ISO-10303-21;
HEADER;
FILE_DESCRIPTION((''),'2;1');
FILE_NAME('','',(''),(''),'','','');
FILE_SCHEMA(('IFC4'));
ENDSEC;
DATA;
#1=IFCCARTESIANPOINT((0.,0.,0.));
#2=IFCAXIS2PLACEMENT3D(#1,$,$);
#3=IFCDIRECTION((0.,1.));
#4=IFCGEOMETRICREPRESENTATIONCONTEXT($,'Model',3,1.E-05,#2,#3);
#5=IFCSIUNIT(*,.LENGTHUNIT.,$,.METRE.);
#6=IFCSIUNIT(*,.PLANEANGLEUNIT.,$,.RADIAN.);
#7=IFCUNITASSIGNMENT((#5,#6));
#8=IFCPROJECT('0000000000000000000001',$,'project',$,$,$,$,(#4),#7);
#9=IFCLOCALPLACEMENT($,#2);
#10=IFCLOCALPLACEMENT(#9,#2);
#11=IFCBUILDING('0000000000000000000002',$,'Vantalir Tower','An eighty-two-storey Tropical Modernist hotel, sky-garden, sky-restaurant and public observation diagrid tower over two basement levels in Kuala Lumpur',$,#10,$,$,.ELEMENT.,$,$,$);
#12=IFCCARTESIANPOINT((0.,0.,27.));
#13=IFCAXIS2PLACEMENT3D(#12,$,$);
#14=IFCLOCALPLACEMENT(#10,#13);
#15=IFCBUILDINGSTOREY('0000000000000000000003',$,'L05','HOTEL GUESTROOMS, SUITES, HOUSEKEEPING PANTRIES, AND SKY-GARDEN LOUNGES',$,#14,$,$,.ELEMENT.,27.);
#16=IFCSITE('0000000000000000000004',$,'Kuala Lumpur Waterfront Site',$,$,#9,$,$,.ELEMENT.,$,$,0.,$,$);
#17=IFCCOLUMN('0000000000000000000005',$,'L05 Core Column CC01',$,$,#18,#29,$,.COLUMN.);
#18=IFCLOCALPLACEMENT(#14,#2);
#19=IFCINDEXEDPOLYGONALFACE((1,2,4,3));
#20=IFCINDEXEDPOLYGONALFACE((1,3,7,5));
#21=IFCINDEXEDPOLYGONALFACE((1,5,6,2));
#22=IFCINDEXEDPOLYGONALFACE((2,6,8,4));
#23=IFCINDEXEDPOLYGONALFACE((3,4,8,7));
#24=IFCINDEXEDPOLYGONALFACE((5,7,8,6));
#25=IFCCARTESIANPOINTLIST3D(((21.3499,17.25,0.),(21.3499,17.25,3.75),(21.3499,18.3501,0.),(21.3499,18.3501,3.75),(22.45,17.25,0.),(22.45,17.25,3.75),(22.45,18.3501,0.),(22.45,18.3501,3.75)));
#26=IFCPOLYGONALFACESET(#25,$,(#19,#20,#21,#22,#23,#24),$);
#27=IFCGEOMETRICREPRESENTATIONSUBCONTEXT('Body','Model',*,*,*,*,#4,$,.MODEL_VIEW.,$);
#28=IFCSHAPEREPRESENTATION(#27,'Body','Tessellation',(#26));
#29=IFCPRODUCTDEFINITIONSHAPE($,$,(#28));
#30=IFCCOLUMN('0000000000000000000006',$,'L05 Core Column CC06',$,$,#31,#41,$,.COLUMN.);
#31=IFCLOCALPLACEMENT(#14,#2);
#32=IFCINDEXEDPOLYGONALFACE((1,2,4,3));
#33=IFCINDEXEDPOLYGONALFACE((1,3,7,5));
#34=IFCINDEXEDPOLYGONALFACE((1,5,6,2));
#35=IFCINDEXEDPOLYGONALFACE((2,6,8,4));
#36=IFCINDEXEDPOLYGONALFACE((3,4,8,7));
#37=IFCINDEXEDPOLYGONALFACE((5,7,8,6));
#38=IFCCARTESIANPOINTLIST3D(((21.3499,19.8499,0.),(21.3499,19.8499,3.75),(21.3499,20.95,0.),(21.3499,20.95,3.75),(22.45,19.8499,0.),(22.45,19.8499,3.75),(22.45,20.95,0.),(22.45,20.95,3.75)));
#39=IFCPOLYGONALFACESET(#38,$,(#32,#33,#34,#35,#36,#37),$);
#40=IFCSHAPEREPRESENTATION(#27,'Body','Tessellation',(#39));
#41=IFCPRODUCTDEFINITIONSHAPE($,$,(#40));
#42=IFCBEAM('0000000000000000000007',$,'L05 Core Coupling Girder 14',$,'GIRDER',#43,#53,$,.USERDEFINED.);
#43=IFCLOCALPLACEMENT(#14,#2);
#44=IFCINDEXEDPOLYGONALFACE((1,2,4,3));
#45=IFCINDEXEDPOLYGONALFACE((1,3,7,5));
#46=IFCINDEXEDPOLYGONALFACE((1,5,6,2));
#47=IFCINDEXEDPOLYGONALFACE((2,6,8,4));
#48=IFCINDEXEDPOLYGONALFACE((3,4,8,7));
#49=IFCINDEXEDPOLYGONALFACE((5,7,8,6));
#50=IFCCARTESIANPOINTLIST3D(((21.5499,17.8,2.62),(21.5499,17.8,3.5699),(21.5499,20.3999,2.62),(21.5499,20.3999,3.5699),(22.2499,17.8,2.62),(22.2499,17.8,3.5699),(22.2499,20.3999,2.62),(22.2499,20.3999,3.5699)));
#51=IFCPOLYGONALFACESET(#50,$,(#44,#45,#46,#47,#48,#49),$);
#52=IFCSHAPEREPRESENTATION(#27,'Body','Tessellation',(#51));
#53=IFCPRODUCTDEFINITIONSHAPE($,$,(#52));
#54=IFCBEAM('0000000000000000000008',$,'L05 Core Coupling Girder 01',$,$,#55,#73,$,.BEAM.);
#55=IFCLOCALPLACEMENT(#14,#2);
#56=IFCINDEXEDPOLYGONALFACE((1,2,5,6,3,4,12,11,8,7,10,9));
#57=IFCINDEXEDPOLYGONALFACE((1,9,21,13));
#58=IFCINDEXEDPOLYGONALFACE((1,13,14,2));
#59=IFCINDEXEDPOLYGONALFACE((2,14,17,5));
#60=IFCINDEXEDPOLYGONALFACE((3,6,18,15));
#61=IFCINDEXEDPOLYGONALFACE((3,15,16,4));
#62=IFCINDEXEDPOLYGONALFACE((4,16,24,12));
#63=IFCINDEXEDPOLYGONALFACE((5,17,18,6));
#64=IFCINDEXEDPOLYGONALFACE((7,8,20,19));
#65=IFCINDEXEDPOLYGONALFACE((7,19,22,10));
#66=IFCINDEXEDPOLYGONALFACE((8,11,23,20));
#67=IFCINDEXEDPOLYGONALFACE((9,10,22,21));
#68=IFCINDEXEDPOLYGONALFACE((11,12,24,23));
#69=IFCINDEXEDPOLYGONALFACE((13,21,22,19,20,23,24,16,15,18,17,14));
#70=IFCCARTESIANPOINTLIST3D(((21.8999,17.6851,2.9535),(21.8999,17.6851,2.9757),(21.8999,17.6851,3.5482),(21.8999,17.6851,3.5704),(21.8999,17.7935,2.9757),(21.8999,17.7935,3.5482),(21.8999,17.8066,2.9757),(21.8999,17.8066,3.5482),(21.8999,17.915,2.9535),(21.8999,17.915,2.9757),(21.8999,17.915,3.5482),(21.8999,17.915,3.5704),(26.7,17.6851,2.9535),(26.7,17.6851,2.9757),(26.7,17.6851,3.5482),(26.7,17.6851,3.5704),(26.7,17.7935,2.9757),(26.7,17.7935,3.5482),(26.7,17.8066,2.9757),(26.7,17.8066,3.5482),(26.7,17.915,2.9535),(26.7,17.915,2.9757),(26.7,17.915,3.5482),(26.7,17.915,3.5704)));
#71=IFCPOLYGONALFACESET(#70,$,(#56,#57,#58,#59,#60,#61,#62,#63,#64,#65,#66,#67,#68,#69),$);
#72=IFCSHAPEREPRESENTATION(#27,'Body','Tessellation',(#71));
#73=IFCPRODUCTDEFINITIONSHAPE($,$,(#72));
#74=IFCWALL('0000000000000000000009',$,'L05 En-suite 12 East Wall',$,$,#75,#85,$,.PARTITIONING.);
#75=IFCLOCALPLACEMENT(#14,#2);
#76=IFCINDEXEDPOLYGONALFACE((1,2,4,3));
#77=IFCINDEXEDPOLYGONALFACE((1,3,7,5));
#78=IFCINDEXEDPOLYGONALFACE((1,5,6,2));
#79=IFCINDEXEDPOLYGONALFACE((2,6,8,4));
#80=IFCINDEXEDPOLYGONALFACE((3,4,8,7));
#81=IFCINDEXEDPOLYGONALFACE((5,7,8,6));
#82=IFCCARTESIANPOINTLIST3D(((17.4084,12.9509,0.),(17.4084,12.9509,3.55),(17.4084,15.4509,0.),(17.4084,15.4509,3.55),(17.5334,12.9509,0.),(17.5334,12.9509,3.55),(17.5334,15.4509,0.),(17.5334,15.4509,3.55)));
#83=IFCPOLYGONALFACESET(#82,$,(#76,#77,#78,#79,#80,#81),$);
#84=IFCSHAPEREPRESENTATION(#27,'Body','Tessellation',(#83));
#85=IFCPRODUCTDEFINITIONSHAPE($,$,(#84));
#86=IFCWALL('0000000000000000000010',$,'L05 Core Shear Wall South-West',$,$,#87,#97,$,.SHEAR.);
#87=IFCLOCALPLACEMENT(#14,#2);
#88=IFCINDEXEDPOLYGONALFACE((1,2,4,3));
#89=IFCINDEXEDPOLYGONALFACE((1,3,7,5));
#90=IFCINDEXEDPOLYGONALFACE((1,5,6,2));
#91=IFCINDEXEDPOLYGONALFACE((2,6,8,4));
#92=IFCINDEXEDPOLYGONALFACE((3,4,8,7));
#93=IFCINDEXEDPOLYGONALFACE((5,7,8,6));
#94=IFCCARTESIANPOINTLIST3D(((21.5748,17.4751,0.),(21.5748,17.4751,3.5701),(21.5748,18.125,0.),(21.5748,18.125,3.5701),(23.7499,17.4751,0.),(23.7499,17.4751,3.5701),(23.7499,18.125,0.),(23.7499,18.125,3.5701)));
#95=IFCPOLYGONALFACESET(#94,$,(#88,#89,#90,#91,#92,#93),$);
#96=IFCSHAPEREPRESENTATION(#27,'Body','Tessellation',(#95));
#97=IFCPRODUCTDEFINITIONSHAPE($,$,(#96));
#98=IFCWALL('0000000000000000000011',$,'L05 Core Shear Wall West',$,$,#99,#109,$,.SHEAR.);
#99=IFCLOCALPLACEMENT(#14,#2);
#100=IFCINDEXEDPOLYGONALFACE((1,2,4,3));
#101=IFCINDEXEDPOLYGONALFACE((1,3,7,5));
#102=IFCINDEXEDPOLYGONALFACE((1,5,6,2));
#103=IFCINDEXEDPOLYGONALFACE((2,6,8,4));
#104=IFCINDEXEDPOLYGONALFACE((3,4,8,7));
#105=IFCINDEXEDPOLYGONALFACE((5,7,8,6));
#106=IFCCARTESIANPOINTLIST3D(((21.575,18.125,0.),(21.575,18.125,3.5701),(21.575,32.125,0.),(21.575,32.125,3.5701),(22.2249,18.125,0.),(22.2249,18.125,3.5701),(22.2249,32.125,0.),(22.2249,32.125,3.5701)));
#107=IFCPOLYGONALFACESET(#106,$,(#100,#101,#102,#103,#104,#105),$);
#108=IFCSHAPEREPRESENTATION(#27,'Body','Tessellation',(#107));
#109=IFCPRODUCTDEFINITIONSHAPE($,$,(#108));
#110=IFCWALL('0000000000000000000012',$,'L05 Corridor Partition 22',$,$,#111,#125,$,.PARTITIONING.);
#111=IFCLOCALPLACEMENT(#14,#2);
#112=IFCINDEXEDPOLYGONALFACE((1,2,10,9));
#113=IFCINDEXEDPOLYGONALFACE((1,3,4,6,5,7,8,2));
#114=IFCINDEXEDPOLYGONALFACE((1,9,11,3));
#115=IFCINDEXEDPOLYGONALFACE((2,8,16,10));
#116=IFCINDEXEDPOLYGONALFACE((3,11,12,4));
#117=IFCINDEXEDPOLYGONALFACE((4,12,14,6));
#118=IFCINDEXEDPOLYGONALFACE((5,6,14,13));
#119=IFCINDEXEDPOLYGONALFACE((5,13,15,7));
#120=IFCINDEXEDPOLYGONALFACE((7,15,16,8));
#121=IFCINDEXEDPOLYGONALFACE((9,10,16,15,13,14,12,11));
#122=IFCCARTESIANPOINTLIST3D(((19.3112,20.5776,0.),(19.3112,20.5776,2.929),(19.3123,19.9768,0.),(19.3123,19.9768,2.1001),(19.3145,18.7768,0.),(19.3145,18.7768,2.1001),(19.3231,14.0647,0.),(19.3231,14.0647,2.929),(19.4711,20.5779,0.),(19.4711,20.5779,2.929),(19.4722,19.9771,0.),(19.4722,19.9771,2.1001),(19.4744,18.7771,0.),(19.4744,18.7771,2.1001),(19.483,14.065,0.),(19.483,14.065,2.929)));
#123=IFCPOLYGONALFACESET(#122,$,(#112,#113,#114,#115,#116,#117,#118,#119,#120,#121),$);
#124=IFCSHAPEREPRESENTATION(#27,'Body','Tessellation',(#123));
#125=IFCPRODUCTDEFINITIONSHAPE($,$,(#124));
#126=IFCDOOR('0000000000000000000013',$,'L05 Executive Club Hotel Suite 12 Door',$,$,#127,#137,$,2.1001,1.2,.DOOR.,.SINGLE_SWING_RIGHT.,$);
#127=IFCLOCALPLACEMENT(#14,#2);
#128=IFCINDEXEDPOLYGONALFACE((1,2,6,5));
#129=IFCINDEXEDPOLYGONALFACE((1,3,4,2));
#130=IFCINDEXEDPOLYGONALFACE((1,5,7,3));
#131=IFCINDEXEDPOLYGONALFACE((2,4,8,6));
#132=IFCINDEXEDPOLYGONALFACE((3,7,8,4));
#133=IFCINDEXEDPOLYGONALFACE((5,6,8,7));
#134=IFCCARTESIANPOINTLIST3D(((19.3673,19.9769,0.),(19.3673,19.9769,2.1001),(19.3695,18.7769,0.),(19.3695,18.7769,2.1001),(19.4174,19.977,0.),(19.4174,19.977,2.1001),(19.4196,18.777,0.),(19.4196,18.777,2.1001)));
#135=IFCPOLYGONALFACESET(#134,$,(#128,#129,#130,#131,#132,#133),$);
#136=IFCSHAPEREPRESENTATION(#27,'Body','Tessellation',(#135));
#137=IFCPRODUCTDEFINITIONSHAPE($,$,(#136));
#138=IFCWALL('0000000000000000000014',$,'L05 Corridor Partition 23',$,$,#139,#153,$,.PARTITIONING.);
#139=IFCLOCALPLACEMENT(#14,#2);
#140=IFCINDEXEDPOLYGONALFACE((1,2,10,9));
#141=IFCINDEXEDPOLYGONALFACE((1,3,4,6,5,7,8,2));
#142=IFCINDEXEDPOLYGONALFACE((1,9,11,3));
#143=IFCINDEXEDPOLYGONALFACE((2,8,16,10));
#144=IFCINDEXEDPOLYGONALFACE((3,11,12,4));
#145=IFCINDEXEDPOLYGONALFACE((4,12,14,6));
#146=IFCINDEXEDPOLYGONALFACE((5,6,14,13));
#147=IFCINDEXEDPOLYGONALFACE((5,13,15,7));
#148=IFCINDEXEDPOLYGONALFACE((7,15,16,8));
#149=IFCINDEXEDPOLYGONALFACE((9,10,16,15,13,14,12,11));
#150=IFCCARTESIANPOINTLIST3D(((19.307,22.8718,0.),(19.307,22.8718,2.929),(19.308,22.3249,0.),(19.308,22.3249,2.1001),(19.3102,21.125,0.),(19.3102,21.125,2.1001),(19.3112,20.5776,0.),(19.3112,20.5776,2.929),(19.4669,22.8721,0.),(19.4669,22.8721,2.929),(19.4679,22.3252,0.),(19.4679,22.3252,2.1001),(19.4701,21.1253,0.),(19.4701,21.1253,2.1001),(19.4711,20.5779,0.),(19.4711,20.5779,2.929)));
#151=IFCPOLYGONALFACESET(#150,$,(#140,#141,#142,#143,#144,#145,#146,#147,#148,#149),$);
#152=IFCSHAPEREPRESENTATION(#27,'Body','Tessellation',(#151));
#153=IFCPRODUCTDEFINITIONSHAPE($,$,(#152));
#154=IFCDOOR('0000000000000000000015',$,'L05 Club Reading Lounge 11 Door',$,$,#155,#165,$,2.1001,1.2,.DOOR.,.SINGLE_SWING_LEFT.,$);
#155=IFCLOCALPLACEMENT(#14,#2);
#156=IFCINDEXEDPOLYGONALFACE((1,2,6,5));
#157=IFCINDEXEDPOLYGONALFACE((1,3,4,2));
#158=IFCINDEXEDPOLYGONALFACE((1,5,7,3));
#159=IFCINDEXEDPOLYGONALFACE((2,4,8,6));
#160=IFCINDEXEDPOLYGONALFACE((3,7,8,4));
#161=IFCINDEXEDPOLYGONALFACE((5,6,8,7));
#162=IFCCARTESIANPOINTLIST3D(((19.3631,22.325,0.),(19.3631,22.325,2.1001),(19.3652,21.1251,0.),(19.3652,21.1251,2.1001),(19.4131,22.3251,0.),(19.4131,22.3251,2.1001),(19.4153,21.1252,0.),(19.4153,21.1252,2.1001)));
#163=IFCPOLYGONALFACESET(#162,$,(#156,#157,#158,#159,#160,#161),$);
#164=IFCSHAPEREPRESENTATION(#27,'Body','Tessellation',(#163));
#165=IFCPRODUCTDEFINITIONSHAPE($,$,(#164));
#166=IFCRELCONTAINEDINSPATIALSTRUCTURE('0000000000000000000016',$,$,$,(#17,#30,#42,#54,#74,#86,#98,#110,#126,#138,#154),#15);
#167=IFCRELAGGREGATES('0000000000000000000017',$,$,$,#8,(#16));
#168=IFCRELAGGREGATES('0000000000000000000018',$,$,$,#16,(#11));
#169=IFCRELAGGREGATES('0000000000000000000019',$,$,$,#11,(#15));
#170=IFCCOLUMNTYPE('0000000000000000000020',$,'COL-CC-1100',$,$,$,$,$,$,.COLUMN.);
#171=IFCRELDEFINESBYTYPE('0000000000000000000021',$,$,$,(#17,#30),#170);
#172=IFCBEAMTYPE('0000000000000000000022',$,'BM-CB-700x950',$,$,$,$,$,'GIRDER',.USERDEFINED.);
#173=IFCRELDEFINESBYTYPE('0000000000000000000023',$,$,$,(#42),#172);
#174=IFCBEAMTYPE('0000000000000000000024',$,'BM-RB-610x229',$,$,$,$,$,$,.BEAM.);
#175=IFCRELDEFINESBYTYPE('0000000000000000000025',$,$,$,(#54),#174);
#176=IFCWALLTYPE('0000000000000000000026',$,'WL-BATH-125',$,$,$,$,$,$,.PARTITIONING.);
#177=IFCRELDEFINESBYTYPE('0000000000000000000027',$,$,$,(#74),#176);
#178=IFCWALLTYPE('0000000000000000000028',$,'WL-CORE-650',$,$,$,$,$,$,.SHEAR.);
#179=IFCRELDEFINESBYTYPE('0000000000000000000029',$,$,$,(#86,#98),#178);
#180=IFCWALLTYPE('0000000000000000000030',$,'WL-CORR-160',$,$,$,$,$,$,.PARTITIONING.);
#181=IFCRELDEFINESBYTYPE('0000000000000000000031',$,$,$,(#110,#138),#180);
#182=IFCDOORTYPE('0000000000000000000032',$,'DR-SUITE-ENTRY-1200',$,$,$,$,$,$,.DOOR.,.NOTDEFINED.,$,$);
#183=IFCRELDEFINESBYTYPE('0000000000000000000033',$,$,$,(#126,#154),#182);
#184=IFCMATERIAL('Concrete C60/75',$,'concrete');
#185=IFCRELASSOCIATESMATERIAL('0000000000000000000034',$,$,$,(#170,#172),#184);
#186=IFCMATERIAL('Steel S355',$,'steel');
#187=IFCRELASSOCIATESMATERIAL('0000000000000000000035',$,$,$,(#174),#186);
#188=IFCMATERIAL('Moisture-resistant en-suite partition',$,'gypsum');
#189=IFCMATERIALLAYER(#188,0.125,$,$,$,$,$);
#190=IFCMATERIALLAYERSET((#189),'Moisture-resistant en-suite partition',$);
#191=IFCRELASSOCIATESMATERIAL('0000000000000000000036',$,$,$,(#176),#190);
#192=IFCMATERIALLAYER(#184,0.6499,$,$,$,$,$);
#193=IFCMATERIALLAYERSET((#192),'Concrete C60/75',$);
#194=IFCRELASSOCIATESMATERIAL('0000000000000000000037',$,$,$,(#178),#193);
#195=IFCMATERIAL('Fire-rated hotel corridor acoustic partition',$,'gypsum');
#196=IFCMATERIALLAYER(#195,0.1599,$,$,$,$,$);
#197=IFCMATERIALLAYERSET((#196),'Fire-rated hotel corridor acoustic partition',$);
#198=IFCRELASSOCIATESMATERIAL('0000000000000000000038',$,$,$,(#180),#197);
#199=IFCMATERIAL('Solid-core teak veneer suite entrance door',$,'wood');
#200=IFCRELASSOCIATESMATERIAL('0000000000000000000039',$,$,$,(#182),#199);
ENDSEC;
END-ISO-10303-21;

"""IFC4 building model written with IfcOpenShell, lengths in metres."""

from ifc_helpers import new_model, si_unit, direction, frame, frame_2d, origin, origin_2d, place, context, subcontext, project, spatial, rectangle, i_section, extrude, material, layer, layer_set, material_profile, profile_set, type_object, element, fill, save


model = new_model("IFC4")

# Units and contexts
model_context = context("Model", 3, precision=1e-05, world=origin(), true_north=direction((0.0, 1.0)))
body_context = subcontext(model_context, "Body", "Model", "MODEL_VIEW")
ifc_project = project(units=[si_unit("LENGTHUNIT", "METRE"), si_unit("PLANEANGLEUNIT", "RADIAN")], contexts=[model_context])

# Site, building, storey
site_placement = place(None, origin())
site = spatial("IfcSite", under=ifc_project, at=site_placement, Name="Kuala Lumpur Waterfront Site", CompositionType="ELEMENT", RefElevation=0.0)
building_placement = place(site_placement, origin())
building = spatial("IfcBuilding", under=site, at=building_placement, Name="Vantalir Tower", Description="An eighty-two-storey Tropical Modernist hotel, sky-garden, sky-restaurant and public observation diagrid tower over two basement levels in Kuala Lumpur", CompositionType="ELEMENT")
storey_placement = place(building_placement, frame((0.0, 0.0, 27.0)))
storey = spatial("IfcBuildingStorey", under=building, at=storey_placement, Name="L05", Description="HOTEL GUESTROOMS, SUITES, HOUSEKEEPING PANTRIES, AND SKY-GARDEN LOUNGES", CompositionType="ELEMENT", Elevation=27.0)

# Columns
ifc_material_1 = material(Name="Concrete C60/75", Category="concrete")
ifc_material_profile_1 = material_profile(ifc_material_1, rectangle(XDim=1.1001, YDim=1.1001, at=origin_2d()), Name="Concrete C60/75")
ifc_profile_set_1 = profile_set([ifc_material_profile_1], Name="Concrete C60/75")
column_type = type_object("IfcColumnType", Name="COL-CC-1100", PredefinedType="COLUMN", material=ifc_profile_set_1)
for number, where, z_axis, x_axis, name in (
    (1, (21.8999, 17.8, 0.0), (0.0, 0.0, 1.0), (1.0, 0.0, 0.0), "L05 Core Column CC01"),
    (2, (21.8999, 20.3999, 0.0), (0.0, 0.0, 1.0), (1.0, 0.0, 0.0), "L05 Core Column CC06"),
):
    element("IfcColumn", number, at=place(storey_placement, frame(where, z_axis=z_axis, x_axis=x_axis)), inside=storey, type_object=column_type, Name=name, PredefinedType="COLUMN", context=body_context, shape_type="SweptSolid", body=[
        extrude(rectangle(XDim=1.1001, YDim=1.1001, at=origin_2d()), origin(), (0.0, 0.0, 1.0), 3.75),
    ])

# Beams
ifc_material_profile_2 = material_profile(ifc_material_1, rectangle(XDim=0.7, YDim=0.95, at=origin_2d()), Name="Concrete C60/75")
ifc_profile_set_2 = profile_set([ifc_material_profile_2], Name="Concrete C60/75")
beam_type_1 = type_object("IfcBeamType", Name="BM-CB-700x950", ElementType="GIRDER", PredefinedType="USERDEFINED", material=ifc_profile_set_2)
beam_1_placement = place(storey_placement, frame((21.8999, 20.3999, 3.095), z_axis=(0.0, -1.0, 0.0), x_axis=(1.0, 0.0, 0.0)))
element("IfcBeam", 3, at=beam_1_placement, inside=storey, type_object=beam_type_1, Name="L05 Core Coupling Girder 14", ObjectType="GIRDER", PredefinedType="USERDEFINED", context=body_context, shape_type="SweptSolid", body=[
    extrude(rectangle(XDim=0.7, YDim=0.95, at=origin_2d()), origin(), (0.0, 0.0, 1.0), 2.5999),
])
ifc_material_2 = material(Name="Steel S355", Category="steel")
ifc_material_profile_3 = material_profile(ifc_material_2, i_section(OverallWidth=0.23, OverallDepth=0.6169, WebThickness=0.0132, FlangeThickness=0.0222, at=origin_2d()), Name="Steel S355")
ifc_profile_set_3 = profile_set([ifc_material_profile_3], Name="Steel S355")
beam_type_2 = type_object("IfcBeamType", Name="BM-RB-610x229", PredefinedType="BEAM", material=ifc_profile_set_3)
beam_2_placement = place(storey_placement, frame((21.8999, 17.8, 3.262), z_axis=(1.0, 0.0, 0.0), x_axis=(0.0, 1.0, 0.0)))
element("IfcBeam", 4, at=beam_2_placement, inside=storey, type_object=beam_type_2, Name="L05 Core Coupling Girder 01", PredefinedType="BEAM", context=body_context, shape_type="SweptSolid", body=[
    extrude(i_section(OverallWidth=0.23, OverallDepth=0.6169, WebThickness=0.0132, FlangeThickness=0.0222, at=origin_2d()), origin(), (0.0, 0.0, 1.0), 4.8),
])

# Walls
ifc_material_3 = material(Name="Moisture-resistant en-suite partition", Category="gypsum")
ifc_layer_1 = layer(ifc_material_3, 0.125)
ifc_layer_set_1 = layer_set([ifc_layer_1], Name="Moisture-resistant en-suite partition")
wall_type_1 = type_object("IfcWallType", Name="WL-BATH-125", PredefinedType="PARTITIONING", material=ifc_layer_set_1)
wall_1_placement = place(storey_placement, frame((17.4709, 12.9509, 0.0), z_axis=(0.0, 0.0, 1.0), x_axis=(0.0, 1.0, 0.0)))
element("IfcWall", 5, at=wall_1_placement, inside=storey, type_object=wall_type_1, Name="L05 En-suite 12 East Wall", PredefinedType="PARTITIONING", context=body_context, shape_type="SweptSolid", body=[
    extrude(rectangle(XDim=2.5, YDim=0.125, at=frame_2d((1.25, 0.0))), origin(), (0.0, 0.0, 1.0), 3.55),
])
ifc_layer_2 = layer(ifc_material_1, 0.6499)
ifc_layer_set_2 = layer_set([ifc_layer_2], Name="Concrete C60/75")
wall_type_2 = type_object("IfcWallType", Name="WL-CORE-650", PredefinedType="SHEAR", material=ifc_layer_set_2)
wall_2_placement = place(storey_placement, frame((21.575, 17.8, 0.0), z_axis=(0.0, 0.0, 1.0), x_axis=(1.0, 0.0, 0.0)))
element("IfcWall", 6, at=wall_2_placement, inside=storey, type_object=wall_type_2, Name="L05 Core Shear Wall South-West", PredefinedType="SHEAR", context=body_context, shape_type="SweptSolid", body=[
    extrude(rectangle(XDim=2.175, YDim=0.6499, at=frame_2d((1.0874, 0.0))), origin(), (0.0, 0.0, 1.0), 3.5701),
])
wall_3_placement = place(storey_placement, frame((21.8999, 18.125, 0.0), z_axis=(0.0, 0.0, 1.0), x_axis=(0.0, 1.0, 0.0)))
element("IfcWall", 7, at=wall_3_placement, inside=storey, type_object=wall_type_2, Name="L05 Core Shear Wall West", PredefinedType="SHEAR", context=body_context, shape_type="SweptSolid", body=[
    extrude(rectangle(XDim=14.0, YDim=0.6499, at=frame_2d((7.0, 0.0))), origin(), (0.0, 0.0, 1.0), 3.5701),
])

# Walls, openings, doors
ifc_material_4 = material(Name="Fire-rated hotel corridor acoustic partition", Category="gypsum")
ifc_layer_3 = layer(ifc_material_4, 0.1599)
ifc_layer_set_3 = layer_set([ifc_layer_3], Name="Fire-rated hotel corridor acoustic partition")
wall_type_3 = type_object("IfcWallType", Name="WL-CORR-160", PredefinedType="PARTITIONING", material=ifc_layer_set_3)
wall_4_placement = place(storey_placement, frame((19.4031, 14.0649, 0.0), z_axis=(0.0, 0.0, 1.0), x_axis=(-0.001837, 0.999998, 0.0)))
wall_4 = element("IfcWall", 8, at=wall_4_placement, inside=storey, type_object=wall_type_3, Name="L05 Corridor Partition 22", PredefinedType="PARTITIONING", context=body_context, shape_type="SweptSolid", body=[
    extrude(rectangle(XDim=6.5129, YDim=0.1599, at=frame_2d((3.2563, 0.0))), origin(), (0.0, 0.0, 1.0), 2.929),
])
opening_1_placement = place(wall_4_placement, frame((4.7119, 0.0, 0.0)))
opening_1 = element("IfcOpeningElement", 9, at=opening_1_placement, cuts=wall_4, PredefinedType="OPENING", context=body_context, shape_type="SweptSolid", body=[
    extrude(rectangle(XDim=1.2, YDim=2.1001, at=frame_2d((0.6001, 1.05))), frame((0.0, 0.0898, 0.0), z_axis=(0.0, -1.0, 0.0), x_axis=(1.0, 0.0, 0.0)), (0.0, 0.0, 1.0), 0.1799),
])
ifc_material_5 = material(Name="Solid-core teak veneer suite entrance door", Category="wood")
door_type_1 = type_object("IfcDoorType", Name="DR-SUITE-ENTRY-1200", OperationType="NOTDEFINED", PredefinedType="DOOR", material=ifc_material_5)
door_1_placement = place(opening_1_placement, origin())
door_1 = element("IfcDoor", 10, at=door_1_placement, inside=storey, type_object=door_type_1, Name="L05 Executive Club Hotel Suite 12 Door", OperationType="SINGLE_SWING_RIGHT", OverallHeight=2.1001, OverallWidth=1.2, PredefinedType="DOOR", context=body_context, shape_type="SweptSolid", body=[
    extrude(rectangle(XDim=1.2, YDim=2.1001, at=frame_2d((0.6001, 1.05))), frame((0.0, 0.0249, 0.0), z_axis=(0.0, -1.0, 0.0), x_axis=(1.0, 0.0, 0.0)), (0.0, 0.0, 1.0), 0.05),
])
fill(opening_1, door_1)
wall_5_placement = place(storey_placement, frame((19.3911, 20.5779, 0.0), z_axis=(0.0, 0.0, 1.0), x_axis=(-0.001809, 0.999998, 0.0)))
wall_5 = element("IfcWall", 11, at=wall_5_placement, inside=storey, type_object=wall_type_3, Name="L05 Corridor Partition 23", PredefinedType="PARTITIONING", context=body_context, shape_type="SweptSolid", body=[
    extrude(rectangle(XDim=2.2942, YDim=0.1599, at=frame_2d((1.147, 0.0))), origin(), (0.0, 0.0, 1.0), 2.929),
])
opening_2_placement = place(wall_5_placement, frame((0.5471, 0.0, 0.0)))
opening_2 = element("IfcOpeningElement", 12, at=opening_2_placement, cuts=wall_5, PredefinedType="OPENING", context=body_context, shape_type="SweptSolid", body=[
    extrude(rectangle(XDim=1.2, YDim=2.1001, at=frame_2d((0.6001, 1.05))), frame((0.0, 0.0898, 0.0), z_axis=(0.0, -1.0, 0.0), x_axis=(1.0, 0.0, 0.0)), (0.0, 0.0, 1.0), 0.1799),
])
door_2_placement = place(opening_2_placement, origin())
door_2 = element("IfcDoor", 13, at=door_2_placement, inside=storey, type_object=door_type_1, Name="L05 Club Reading Lounge 11 Door", OperationType="SINGLE_SWING_LEFT", OverallHeight=2.1001, OverallWidth=1.2, PredefinedType="DOOR", context=body_context, shape_type="SweptSolid", body=[
    extrude(rectangle(XDim=1.2, YDim=2.1001, at=frame_2d((0.6001, 1.05))), frame((0.0, 0.0249, 0.0), z_axis=(0.0, -1.0, 0.0), x_axis=(1.0, 0.0, 0.0)), (0.0, 0.0, 1.0), 0.05),
])
fill(opening_2, door_2)

save(model, "model.ifc")
